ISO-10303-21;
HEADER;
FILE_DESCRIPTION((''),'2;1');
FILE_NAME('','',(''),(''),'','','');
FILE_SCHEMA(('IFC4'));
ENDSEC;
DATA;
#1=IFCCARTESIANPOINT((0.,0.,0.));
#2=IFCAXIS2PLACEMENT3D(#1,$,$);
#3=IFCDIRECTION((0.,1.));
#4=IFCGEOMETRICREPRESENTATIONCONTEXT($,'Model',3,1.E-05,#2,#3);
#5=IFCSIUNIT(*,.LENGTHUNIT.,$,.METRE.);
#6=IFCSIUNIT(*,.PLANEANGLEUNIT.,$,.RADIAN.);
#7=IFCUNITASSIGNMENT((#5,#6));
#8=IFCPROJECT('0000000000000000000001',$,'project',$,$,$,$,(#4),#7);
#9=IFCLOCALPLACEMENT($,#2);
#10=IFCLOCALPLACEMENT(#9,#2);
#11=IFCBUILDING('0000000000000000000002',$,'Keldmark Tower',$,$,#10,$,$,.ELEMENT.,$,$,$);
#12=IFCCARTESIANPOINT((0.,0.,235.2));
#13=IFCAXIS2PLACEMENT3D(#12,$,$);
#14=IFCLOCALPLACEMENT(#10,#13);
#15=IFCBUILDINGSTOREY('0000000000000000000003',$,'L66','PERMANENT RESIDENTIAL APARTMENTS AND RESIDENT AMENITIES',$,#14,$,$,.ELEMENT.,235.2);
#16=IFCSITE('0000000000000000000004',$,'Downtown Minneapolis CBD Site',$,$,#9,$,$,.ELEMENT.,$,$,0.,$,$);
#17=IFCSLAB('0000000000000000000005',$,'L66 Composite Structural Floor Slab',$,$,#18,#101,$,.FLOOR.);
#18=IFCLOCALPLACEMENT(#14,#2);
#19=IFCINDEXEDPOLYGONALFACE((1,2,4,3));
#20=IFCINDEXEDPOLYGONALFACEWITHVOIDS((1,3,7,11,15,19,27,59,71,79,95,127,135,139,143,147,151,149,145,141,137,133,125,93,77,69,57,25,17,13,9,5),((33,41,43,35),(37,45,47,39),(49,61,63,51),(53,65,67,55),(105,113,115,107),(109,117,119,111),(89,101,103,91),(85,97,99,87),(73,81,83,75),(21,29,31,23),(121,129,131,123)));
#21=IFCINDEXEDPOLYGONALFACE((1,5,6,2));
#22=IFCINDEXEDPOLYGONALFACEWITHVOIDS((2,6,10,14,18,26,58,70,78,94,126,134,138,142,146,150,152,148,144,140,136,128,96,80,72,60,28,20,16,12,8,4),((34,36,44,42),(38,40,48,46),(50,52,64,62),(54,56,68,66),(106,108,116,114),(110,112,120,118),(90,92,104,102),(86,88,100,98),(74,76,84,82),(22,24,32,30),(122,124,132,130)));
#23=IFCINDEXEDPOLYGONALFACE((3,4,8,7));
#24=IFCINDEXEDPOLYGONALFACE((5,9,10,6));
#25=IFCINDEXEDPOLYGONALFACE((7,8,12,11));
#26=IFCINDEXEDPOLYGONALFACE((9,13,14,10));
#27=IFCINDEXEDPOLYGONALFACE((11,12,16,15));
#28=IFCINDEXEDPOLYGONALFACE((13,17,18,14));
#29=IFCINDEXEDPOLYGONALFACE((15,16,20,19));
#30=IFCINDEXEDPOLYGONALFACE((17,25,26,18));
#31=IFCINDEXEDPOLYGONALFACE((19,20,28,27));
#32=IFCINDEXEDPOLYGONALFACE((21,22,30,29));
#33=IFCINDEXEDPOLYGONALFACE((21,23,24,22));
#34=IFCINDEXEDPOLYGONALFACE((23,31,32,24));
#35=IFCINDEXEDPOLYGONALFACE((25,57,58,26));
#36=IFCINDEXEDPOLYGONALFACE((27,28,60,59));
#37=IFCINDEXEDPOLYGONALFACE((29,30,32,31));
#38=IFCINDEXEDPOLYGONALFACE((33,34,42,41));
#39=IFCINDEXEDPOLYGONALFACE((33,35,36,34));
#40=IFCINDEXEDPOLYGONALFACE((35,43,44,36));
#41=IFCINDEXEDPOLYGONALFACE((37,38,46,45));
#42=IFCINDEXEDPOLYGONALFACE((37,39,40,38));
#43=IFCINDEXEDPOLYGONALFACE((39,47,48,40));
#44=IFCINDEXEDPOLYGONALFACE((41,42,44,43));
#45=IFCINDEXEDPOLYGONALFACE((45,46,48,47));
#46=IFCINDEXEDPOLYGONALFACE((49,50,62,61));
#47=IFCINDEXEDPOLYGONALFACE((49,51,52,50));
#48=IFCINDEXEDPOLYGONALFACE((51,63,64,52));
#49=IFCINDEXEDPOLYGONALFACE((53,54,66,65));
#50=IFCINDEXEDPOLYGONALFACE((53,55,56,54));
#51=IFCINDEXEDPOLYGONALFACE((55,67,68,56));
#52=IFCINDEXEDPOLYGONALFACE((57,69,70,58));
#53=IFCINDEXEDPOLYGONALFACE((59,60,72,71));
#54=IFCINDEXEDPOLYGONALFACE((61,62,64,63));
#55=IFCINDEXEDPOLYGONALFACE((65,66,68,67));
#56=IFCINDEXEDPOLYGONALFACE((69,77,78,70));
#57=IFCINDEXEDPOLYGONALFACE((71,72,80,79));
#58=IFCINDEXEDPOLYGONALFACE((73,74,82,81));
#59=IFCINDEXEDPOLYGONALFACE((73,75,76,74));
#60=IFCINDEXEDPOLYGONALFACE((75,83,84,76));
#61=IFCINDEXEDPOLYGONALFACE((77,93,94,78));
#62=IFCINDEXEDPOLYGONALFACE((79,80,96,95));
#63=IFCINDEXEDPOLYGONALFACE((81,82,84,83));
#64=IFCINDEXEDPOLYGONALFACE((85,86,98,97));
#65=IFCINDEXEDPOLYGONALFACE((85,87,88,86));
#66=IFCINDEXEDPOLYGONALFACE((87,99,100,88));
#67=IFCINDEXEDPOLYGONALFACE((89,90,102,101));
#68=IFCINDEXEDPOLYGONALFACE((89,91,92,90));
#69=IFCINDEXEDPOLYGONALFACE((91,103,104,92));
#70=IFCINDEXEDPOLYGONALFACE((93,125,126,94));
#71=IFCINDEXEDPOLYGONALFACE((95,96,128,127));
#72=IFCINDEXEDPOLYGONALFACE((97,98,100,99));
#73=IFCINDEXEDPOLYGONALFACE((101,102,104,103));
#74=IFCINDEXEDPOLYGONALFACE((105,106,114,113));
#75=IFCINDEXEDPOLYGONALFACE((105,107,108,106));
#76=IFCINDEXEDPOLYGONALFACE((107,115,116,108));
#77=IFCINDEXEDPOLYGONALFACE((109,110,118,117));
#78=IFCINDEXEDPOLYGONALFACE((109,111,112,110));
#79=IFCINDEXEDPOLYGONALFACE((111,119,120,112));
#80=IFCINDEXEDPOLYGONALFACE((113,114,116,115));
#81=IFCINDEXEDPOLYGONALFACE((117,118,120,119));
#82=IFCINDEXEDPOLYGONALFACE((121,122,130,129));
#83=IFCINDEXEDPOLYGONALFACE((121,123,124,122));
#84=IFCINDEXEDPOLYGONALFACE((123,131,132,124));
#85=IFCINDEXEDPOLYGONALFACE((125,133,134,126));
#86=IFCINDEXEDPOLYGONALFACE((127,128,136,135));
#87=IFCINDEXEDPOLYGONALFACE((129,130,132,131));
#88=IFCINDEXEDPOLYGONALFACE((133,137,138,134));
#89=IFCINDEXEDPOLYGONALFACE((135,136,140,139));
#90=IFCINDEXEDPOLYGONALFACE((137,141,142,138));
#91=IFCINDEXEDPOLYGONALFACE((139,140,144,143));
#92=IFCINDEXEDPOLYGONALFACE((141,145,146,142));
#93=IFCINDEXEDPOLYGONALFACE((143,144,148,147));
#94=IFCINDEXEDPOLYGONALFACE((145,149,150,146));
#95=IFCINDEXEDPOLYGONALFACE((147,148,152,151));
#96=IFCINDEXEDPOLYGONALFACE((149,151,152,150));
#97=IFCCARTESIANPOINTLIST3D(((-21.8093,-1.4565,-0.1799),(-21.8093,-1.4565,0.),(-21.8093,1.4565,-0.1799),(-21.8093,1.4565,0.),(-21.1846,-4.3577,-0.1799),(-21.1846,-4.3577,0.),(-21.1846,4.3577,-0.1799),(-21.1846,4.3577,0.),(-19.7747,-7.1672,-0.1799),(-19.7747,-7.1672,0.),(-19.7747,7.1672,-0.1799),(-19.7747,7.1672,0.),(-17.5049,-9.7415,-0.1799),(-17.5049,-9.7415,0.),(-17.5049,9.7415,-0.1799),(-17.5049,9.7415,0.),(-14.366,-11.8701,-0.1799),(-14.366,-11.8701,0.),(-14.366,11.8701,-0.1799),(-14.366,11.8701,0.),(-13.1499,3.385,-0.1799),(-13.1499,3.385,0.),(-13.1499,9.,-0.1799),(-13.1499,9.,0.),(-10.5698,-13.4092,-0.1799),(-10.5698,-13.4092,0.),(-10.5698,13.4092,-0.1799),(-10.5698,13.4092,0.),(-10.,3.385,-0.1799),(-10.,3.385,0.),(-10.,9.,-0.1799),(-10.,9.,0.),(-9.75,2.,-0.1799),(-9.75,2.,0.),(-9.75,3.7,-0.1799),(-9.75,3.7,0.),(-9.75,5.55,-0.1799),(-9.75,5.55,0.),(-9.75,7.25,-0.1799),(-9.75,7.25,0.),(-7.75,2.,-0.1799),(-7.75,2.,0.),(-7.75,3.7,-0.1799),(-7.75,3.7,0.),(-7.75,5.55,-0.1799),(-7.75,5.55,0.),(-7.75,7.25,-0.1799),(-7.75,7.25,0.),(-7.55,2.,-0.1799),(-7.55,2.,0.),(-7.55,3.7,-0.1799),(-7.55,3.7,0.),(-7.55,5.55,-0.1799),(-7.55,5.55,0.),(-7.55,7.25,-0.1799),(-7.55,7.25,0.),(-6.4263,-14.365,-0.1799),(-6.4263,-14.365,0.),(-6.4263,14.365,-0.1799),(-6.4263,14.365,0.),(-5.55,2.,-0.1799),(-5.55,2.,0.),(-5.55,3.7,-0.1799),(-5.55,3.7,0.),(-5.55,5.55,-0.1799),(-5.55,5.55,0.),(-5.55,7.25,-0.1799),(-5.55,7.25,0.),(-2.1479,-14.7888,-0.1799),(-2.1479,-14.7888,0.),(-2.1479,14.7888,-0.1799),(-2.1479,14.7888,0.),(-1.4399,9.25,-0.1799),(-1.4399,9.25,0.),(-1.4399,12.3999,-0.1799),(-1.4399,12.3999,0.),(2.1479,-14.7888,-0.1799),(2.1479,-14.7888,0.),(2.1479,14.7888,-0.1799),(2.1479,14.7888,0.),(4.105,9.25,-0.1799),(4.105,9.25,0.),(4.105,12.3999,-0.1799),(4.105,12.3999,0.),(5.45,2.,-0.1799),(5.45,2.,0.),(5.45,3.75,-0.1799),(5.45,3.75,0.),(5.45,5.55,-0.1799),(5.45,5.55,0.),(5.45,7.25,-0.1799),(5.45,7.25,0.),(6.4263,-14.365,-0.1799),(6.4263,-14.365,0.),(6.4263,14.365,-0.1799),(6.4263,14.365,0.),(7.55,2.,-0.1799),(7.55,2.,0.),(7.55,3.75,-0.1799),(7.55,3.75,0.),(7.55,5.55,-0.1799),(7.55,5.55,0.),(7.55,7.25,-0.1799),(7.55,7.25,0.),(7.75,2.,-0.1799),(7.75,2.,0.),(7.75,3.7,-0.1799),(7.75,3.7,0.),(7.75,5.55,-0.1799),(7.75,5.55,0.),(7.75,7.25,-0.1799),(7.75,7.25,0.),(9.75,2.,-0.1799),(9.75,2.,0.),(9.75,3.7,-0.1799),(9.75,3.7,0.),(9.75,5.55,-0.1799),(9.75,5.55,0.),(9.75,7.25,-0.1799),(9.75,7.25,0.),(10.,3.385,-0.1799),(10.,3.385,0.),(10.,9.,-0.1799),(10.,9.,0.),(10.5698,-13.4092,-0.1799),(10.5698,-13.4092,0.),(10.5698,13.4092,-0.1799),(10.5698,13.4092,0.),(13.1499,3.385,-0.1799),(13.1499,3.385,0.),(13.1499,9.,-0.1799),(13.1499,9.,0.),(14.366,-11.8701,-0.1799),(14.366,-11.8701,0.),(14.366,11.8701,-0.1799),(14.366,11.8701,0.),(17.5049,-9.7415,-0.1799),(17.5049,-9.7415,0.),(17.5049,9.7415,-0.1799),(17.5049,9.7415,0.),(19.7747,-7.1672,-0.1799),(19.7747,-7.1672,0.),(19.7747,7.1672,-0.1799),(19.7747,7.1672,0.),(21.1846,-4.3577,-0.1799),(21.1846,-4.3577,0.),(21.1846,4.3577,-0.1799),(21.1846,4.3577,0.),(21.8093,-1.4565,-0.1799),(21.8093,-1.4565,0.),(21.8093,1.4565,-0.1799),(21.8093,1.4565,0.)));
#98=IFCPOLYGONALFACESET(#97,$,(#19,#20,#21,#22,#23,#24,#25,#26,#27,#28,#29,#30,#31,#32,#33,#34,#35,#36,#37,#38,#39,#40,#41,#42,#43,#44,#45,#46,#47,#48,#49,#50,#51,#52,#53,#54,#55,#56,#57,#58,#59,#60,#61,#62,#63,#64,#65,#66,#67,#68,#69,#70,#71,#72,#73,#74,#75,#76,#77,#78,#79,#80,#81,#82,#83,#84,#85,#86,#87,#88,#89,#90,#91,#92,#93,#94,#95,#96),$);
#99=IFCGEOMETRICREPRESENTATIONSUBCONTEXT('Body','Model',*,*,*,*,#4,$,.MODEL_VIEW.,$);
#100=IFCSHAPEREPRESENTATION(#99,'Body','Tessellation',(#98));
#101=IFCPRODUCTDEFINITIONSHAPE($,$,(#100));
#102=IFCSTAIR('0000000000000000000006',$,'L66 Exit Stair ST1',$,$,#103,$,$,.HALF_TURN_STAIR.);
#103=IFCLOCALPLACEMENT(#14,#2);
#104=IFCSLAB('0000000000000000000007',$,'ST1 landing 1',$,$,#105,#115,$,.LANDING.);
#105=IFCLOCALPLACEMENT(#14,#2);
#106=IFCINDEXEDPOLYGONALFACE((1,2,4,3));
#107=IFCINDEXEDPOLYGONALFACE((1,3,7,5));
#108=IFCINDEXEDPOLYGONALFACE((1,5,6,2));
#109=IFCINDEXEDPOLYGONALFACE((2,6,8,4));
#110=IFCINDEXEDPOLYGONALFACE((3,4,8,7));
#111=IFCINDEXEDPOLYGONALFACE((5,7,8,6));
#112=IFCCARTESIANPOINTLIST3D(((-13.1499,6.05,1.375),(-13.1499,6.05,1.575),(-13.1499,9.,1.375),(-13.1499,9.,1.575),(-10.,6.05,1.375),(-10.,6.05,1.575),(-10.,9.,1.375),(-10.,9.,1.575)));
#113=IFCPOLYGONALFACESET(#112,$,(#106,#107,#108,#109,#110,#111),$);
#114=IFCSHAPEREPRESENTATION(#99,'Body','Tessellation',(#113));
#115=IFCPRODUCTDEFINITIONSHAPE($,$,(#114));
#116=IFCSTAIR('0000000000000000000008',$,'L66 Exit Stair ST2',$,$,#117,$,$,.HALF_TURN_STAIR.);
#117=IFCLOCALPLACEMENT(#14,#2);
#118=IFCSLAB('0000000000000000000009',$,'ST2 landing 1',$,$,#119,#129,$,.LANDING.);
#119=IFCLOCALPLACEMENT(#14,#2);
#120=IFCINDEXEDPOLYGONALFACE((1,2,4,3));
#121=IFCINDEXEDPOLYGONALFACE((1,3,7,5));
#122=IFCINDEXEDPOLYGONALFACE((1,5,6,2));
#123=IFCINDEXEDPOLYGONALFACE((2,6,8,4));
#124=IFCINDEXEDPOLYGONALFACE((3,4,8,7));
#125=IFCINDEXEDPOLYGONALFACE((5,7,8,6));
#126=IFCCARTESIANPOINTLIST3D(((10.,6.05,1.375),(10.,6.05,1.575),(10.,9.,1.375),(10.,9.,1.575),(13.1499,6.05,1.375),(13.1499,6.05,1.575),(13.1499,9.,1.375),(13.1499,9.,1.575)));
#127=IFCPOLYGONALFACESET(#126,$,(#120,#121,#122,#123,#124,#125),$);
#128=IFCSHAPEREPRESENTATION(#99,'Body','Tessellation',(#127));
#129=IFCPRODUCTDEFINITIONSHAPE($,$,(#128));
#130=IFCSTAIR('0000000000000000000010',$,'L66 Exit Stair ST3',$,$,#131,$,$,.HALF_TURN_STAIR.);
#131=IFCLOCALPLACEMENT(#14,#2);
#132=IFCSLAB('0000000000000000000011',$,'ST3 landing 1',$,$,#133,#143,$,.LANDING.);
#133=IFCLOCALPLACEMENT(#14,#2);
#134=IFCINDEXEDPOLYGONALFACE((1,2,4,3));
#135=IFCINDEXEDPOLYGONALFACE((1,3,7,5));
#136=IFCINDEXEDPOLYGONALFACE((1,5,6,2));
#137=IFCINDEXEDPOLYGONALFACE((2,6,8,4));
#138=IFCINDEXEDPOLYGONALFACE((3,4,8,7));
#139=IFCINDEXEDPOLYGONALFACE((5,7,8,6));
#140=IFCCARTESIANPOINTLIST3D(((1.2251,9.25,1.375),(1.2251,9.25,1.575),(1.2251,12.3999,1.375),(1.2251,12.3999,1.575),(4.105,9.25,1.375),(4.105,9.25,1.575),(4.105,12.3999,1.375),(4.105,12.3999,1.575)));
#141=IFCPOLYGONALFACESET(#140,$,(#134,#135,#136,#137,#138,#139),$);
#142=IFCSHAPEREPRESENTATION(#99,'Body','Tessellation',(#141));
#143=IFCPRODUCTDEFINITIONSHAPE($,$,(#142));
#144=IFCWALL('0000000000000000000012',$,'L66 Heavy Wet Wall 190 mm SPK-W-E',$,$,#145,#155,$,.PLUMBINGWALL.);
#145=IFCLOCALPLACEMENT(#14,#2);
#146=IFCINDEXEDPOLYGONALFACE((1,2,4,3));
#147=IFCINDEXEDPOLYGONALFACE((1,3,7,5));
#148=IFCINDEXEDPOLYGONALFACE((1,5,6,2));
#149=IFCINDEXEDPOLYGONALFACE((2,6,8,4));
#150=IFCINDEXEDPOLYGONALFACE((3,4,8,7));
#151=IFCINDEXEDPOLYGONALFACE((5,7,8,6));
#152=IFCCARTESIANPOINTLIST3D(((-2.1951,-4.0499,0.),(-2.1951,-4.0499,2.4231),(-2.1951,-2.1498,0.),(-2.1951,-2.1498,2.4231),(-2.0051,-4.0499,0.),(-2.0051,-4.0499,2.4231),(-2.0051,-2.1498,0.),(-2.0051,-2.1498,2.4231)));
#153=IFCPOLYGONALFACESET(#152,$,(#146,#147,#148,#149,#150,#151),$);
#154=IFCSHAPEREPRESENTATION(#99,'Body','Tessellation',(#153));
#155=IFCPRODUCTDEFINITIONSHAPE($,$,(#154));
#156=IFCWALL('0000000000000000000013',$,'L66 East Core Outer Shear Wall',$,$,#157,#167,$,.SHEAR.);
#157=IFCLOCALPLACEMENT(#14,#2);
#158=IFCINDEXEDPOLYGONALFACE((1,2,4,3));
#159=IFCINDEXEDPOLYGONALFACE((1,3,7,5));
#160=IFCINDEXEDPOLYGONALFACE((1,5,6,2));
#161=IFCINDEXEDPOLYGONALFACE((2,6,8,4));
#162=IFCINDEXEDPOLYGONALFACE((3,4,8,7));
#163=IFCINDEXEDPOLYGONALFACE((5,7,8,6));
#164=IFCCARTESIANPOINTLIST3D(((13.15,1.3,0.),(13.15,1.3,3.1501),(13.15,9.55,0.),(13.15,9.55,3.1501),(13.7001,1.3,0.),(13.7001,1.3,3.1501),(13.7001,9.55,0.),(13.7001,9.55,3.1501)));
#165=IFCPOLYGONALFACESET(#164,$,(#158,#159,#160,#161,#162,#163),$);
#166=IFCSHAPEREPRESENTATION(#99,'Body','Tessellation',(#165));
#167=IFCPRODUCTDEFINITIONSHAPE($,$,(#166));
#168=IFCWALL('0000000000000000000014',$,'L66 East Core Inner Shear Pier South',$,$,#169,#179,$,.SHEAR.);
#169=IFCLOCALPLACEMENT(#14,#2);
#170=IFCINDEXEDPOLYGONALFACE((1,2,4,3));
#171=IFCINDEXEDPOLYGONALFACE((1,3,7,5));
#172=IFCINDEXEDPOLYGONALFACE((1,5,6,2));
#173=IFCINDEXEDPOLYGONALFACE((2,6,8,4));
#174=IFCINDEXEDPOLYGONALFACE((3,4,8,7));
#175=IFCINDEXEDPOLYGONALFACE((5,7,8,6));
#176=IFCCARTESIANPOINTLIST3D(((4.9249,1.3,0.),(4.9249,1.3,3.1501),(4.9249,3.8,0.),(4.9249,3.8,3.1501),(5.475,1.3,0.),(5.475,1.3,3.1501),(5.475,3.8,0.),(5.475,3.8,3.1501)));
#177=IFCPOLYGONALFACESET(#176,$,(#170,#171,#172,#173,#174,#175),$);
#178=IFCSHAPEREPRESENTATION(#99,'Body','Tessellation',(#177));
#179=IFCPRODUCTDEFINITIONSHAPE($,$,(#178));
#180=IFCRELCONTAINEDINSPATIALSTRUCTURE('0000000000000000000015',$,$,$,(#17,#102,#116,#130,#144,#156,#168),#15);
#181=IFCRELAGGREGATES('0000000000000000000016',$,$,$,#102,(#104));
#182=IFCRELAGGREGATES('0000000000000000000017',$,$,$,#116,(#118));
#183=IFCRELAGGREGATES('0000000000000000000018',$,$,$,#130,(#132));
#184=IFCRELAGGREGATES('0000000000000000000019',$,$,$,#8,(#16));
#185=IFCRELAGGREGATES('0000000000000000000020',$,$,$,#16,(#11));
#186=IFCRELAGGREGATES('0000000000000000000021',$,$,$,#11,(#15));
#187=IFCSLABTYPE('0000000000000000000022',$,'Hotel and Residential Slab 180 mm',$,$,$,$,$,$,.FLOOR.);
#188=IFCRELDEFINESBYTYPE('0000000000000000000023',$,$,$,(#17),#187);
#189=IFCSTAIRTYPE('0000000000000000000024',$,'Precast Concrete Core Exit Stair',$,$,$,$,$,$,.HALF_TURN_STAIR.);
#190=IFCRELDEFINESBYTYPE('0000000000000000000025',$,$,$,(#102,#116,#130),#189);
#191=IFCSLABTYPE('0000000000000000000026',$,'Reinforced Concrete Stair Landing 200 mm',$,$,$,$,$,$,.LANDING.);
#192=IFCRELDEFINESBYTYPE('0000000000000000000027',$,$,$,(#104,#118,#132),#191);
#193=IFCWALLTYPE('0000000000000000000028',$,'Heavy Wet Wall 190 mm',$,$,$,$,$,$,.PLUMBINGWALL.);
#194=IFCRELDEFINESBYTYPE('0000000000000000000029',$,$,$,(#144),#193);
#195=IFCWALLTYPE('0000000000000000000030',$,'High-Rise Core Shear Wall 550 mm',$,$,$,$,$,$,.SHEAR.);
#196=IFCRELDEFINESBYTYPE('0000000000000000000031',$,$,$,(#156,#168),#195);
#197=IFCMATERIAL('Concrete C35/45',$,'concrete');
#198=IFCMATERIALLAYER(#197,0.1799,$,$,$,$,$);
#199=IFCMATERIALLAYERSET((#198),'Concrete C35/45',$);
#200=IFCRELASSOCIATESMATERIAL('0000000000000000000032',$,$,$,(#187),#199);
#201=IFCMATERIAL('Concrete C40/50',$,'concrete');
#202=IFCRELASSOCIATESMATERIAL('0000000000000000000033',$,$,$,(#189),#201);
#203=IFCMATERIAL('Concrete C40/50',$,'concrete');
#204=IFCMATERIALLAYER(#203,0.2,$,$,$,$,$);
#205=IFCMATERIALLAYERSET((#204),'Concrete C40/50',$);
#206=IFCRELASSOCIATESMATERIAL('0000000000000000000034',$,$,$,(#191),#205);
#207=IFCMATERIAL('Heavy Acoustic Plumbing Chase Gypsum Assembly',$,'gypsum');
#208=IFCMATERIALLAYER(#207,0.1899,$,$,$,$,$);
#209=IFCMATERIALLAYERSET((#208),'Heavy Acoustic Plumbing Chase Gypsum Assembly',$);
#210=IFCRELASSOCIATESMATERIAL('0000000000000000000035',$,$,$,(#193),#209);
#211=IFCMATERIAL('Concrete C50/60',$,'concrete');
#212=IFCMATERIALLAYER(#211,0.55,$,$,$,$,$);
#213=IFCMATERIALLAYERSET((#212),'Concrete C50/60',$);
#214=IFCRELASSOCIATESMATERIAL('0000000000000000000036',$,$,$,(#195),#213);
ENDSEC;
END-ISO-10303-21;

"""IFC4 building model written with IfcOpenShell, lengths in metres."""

from ifc_helpers import new_model, si_unit, direction, frame, frame_2d, origin, place, context, subcontext, project, spatial, polyline, rectangle, outline, extrude, material, layer, layer_set, type_object, element, aggregate, save


model = new_model("IFC4")

# Units and contexts
model_context = context("Model", 3, precision=1e-05, world=origin(), true_north=direction((0.0, 1.0)))
body_context = subcontext(model_context, "Body", "Model", "MODEL_VIEW")
ifc_project = project(units=[si_unit("LENGTHUNIT", "METRE"), si_unit("PLANEANGLEUNIT", "RADIAN")], contexts=[model_context])

# Site, building, storey
site_placement = place(None, origin())
site = spatial("IfcSite", under=ifc_project, at=site_placement, Name="Downtown Minneapolis CBD Site", CompositionType="ELEMENT", RefElevation=0.0)
building_placement = place(site_placement, origin())
building = spatial("IfcBuilding", under=site, at=building_placement, Name="Keldmark Tower", CompositionType="ELEMENT")
storey_placement = place(building_placement, frame((0.0, 0.0, 235.2)))
storey = spatial("IfcBuildingStorey", under=building, at=storey_placement, Name="L66", Description="PERMANENT RESIDENTIAL APARTMENTS AND RESIDENT AMENITIES", CompositionType="ELEMENT", Elevation=235.2)

# Slab
ifc_material_1 = material(Name="Concrete C35/45", Category="concrete")
ifc_layer_1 = layer(ifc_material_1, 0.1799)
ifc_layer_set_1 = layer_set([ifc_layer_1], Name="Concrete C35/45")
slab_type_1 = type_object("IfcSlabType", Name="Hotel and Residential Slab 180 mm", PredefinedType="FLOOR", material=ifc_layer_set_1)
slab_1_placement = place(storey_placement, frame((0.0, 0.0, -0.1799)))
element("IfcSlab", 1, at=slab_1_placement, inside=storey, type_object=slab_type_1, Name="L66 Composite Structural Floor Slab", PredefinedType="FLOOR", context=body_context, shape_type="SweptSolid", body=[
    extrude(outline(polyline([(21.8093, 1.4565), (21.1846, 4.3577), (19.7747, 7.1672), (17.5049, 9.7415), (14.366, 11.8701), (10.5698, 13.4092), (6.4263, 14.365), (2.1479, 14.7888), (-2.1479, 14.7888), (-6.4263, 14.365), (-10.5698, 13.4092), (-14.366, 11.8701), (-17.5049, 9.7415), (-19.7747, 7.1672), (-21.1846, 4.3577), (-21.8093, 1.4565), (-21.8093, -1.4565), (-21.1846, -4.3577), (-19.7747, -7.1672), (-17.5049, -9.7415), (-14.366, -11.8701), (-10.5698, -13.4092), (-6.4263, -14.365), (-2.1479, -14.7888), (2.1479, -14.7888), (6.4263, -14.365), (10.5698, -13.4092), (14.366, -11.8701), (17.5049, -9.7415), (19.7747, -7.1672), (21.1846, -4.3577), (21.8093, -1.4565), (21.8093, 1.4565)]), holes=[polyline([(-10.0, 3.385), (-10.0, 9.0), (-13.1499, 9.0), (-13.1499, 3.385), (-10.0, 3.385)]), polyline([(13.1499, 3.385), (13.1499, 9.0), (10.0, 9.0), (10.0, 3.385), (13.1499, 3.385)]), polyline([(-1.4399, 9.25), (4.105, 9.25), (4.105, 12.3999), (-1.4399, 12.3999), (-1.4399, 9.25)]), polyline([(-9.75, 2.0), (-7.75, 2.0), (-7.75, 3.7), (-9.75, 3.7), (-9.75, 2.0)]), polyline([(7.75, 2.0), (9.75, 2.0), (9.75, 3.7), (7.75, 3.7), (7.75, 2.0)]), polyline([(5.45, 2.0), (7.55, 2.0), (7.55, 3.75), (5.45, 3.75), (5.45, 2.0)]), polyline([(-9.75, 5.55), (-7.75, 5.55), (-7.75, 7.25), (-9.75, 7.25), (-9.75, 5.55)]), polyline([(-7.55, 5.55), (-5.55, 5.55), (-5.55, 7.25), (-7.55, 7.25), (-7.55, 5.55)]), polyline([(-7.55, 2.0), (-5.55, 2.0), (-5.55, 3.7), (-7.55, 3.7), (-7.55, 2.0)]), polyline([(5.45, 5.55), (7.55, 5.55), (7.55, 7.25), (5.45, 7.25), (5.45, 5.55)]), polyline([(7.75, 5.55), (9.75, 5.55), (9.75, 7.25), (7.75, 7.25), (7.75, 5.55)])]), origin(), (0.0, 0.0, 1.0), 0.1799),
])

# Stairs, slabs
ifc_material_2 = material(Name="Concrete C40/50", Category="concrete")
stair_type = type_object("IfcStairType", Name="Precast Concrete Core Exit Stair", PredefinedType="HALF_TURN_STAIR", material=ifc_material_2)
stair_1_placement = place(storey_placement, origin())
stair_1 = element("IfcStair", 2, at=stair_1_placement, inside=storey, type_object=stair_type, Name="L66 Exit Stair ST1", PredefinedType="HALF_TURN_STAIR")
ifc_material_3 = material(Name="Concrete C40/50", Category="concrete")
ifc_layer_2 = layer(ifc_material_3, 0.2)
ifc_layer_set_2 = layer_set([ifc_layer_2], Name="Concrete C40/50")
slab_type_2 = type_object("IfcSlabType", Name="Reinforced Concrete Stair Landing 200 mm", PredefinedType="LANDING", material=ifc_layer_set_2)
slab_2_placement = place(storey_placement, frame((0.0, 0.0, 1.375)))
slab_2 = element("IfcSlab", 3, at=slab_2_placement, type_object=slab_type_2, Name="ST1 landing 1", PredefinedType="LANDING", context=body_context, shape_type="SweptSolid", body=[
    extrude(outline(polyline([(-10.0, 6.05), (-10.0, 9.0), (-13.1499, 9.0), (-13.1499, 6.05), (-10.0, 6.05)])), origin(), (0.0, 0.0, 1.0), 0.2),
])
aggregate(stair_1, [slab_2])
stair_2_placement = place(storey_placement, origin())
stair_2 = element("IfcStair", 4, at=stair_2_placement, inside=storey, type_object=stair_type, Name="L66 Exit Stair ST2", PredefinedType="HALF_TURN_STAIR")
slab_3_placement = place(storey_placement, frame((0.0, 0.0, 1.375)))
slab_3 = element("IfcSlab", 5, at=slab_3_placement, type_object=slab_type_2, Name="ST2 landing 1", PredefinedType="LANDING", context=body_context, shape_type="SweptSolid", body=[
    extrude(outline(polyline([(13.1499, 6.05), (13.1499, 9.0), (10.0, 9.0), (10.0, 6.05), (13.1499, 6.05)])), origin(), (0.0, 0.0, 1.0), 0.2),
])
aggregate(stair_2, [slab_3])
stair_3_placement = place(storey_placement, origin())
stair_3 = element("IfcStair", 6, at=stair_3_placement, inside=storey, type_object=stair_type, Name="L66 Exit Stair ST3", PredefinedType="HALF_TURN_STAIR")
slab_4_placement = place(storey_placement, frame((0.0, 0.0, 1.375)))
slab_4 = element("IfcSlab", 7, at=slab_4_placement, type_object=slab_type_2, Name="ST3 landing 1", PredefinedType="LANDING", context=body_context, shape_type="SweptSolid", body=[
    extrude(outline(polyline([(1.2251, 9.25), (4.105, 9.25), (4.105, 12.3999), (1.2251, 12.3999), (1.2251, 9.25)])), origin(), (0.0, 0.0, 1.0), 0.2),
])
aggregate(stair_3, [slab_4])

# Walls
ifc_material_4 = material(Name="Heavy Acoustic Plumbing Chase Gypsum Assembly", Category="gypsum")
ifc_layer_3 = layer(ifc_material_4, 0.1899)
ifc_layer_set_3 = layer_set([ifc_layer_3], Name="Heavy Acoustic Plumbing Chase Gypsum Assembly")
wall_type_1 = type_object("IfcWallType", Name="Heavy Wet Wall 190 mm", PredefinedType="PLUMBINGWALL", material=ifc_layer_set_3)
wall_1_placement = place(storey_placement, frame((-2.1001, -4.05, 0.0), z_axis=(0.0, 0.0, 1.0), x_axis=(0.0, 1.0, 0.0)))
element("IfcWall", 8, at=wall_1_placement, inside=storey, type_object=wall_type_1, Name="L66 Heavy Wet Wall 190 mm SPK-W-E", PredefinedType="PLUMBINGWALL", context=body_context, shape_type="SweptSolid", body=[
    extrude(rectangle(XDim=1.9001, YDim=0.1899, at=frame_2d((0.9502, 0.0))), origin(), (0.0, 0.0, 1.0), 2.4231),
])
ifc_material_5 = material(Name="Concrete C50/60", Category="concrete")
ifc_layer_4 = layer(ifc_material_5, 0.55)
ifc_layer_set_4 = layer_set([ifc_layer_4], Name="Concrete C50/60")
wall_type_2 = type_object("IfcWallType", Name="High-Rise Core Shear Wall 550 mm", PredefinedType="SHEAR", material=ifc_layer_set_4)
wall_2_placement = place(storey_placement, frame((13.425, 1.3, 0.0), z_axis=(0.0, 0.0, 1.0), x_axis=(0.0, 1.0, 0.0)))
element("IfcWall", 9, at=wall_2_placement, inside=storey, type_object=wall_type_2, Name="L66 East Core Outer Shear Wall", PredefinedType="SHEAR", context=body_context, shape_type="SweptSolid", body=[
    extrude(rectangle(XDim=8.25, YDim=0.55, at=frame_2d((4.125, 0.0))), origin(), (0.0, 0.0, 1.0), 3.1501),
])
wall_3_placement = place(storey_placement, frame((5.2, 1.3, 0.0), z_axis=(0.0, 0.0, 1.0), x_axis=(0.0, 1.0, 0.0)))
element("IfcWall", 10, at=wall_3_placement, inside=storey, type_object=wall_type_2, Name="L66 East Core Inner Shear Pier South", PredefinedType="SHEAR", context=body_context, shape_type="SweptSolid", body=[
    extrude(rectangle(XDim=2.5, YDim=0.55, at=frame_2d((1.25, 0.0))), origin(), (0.0, 0.0, 1.0), 3.1501),
])

save(model, "model.ifc")
